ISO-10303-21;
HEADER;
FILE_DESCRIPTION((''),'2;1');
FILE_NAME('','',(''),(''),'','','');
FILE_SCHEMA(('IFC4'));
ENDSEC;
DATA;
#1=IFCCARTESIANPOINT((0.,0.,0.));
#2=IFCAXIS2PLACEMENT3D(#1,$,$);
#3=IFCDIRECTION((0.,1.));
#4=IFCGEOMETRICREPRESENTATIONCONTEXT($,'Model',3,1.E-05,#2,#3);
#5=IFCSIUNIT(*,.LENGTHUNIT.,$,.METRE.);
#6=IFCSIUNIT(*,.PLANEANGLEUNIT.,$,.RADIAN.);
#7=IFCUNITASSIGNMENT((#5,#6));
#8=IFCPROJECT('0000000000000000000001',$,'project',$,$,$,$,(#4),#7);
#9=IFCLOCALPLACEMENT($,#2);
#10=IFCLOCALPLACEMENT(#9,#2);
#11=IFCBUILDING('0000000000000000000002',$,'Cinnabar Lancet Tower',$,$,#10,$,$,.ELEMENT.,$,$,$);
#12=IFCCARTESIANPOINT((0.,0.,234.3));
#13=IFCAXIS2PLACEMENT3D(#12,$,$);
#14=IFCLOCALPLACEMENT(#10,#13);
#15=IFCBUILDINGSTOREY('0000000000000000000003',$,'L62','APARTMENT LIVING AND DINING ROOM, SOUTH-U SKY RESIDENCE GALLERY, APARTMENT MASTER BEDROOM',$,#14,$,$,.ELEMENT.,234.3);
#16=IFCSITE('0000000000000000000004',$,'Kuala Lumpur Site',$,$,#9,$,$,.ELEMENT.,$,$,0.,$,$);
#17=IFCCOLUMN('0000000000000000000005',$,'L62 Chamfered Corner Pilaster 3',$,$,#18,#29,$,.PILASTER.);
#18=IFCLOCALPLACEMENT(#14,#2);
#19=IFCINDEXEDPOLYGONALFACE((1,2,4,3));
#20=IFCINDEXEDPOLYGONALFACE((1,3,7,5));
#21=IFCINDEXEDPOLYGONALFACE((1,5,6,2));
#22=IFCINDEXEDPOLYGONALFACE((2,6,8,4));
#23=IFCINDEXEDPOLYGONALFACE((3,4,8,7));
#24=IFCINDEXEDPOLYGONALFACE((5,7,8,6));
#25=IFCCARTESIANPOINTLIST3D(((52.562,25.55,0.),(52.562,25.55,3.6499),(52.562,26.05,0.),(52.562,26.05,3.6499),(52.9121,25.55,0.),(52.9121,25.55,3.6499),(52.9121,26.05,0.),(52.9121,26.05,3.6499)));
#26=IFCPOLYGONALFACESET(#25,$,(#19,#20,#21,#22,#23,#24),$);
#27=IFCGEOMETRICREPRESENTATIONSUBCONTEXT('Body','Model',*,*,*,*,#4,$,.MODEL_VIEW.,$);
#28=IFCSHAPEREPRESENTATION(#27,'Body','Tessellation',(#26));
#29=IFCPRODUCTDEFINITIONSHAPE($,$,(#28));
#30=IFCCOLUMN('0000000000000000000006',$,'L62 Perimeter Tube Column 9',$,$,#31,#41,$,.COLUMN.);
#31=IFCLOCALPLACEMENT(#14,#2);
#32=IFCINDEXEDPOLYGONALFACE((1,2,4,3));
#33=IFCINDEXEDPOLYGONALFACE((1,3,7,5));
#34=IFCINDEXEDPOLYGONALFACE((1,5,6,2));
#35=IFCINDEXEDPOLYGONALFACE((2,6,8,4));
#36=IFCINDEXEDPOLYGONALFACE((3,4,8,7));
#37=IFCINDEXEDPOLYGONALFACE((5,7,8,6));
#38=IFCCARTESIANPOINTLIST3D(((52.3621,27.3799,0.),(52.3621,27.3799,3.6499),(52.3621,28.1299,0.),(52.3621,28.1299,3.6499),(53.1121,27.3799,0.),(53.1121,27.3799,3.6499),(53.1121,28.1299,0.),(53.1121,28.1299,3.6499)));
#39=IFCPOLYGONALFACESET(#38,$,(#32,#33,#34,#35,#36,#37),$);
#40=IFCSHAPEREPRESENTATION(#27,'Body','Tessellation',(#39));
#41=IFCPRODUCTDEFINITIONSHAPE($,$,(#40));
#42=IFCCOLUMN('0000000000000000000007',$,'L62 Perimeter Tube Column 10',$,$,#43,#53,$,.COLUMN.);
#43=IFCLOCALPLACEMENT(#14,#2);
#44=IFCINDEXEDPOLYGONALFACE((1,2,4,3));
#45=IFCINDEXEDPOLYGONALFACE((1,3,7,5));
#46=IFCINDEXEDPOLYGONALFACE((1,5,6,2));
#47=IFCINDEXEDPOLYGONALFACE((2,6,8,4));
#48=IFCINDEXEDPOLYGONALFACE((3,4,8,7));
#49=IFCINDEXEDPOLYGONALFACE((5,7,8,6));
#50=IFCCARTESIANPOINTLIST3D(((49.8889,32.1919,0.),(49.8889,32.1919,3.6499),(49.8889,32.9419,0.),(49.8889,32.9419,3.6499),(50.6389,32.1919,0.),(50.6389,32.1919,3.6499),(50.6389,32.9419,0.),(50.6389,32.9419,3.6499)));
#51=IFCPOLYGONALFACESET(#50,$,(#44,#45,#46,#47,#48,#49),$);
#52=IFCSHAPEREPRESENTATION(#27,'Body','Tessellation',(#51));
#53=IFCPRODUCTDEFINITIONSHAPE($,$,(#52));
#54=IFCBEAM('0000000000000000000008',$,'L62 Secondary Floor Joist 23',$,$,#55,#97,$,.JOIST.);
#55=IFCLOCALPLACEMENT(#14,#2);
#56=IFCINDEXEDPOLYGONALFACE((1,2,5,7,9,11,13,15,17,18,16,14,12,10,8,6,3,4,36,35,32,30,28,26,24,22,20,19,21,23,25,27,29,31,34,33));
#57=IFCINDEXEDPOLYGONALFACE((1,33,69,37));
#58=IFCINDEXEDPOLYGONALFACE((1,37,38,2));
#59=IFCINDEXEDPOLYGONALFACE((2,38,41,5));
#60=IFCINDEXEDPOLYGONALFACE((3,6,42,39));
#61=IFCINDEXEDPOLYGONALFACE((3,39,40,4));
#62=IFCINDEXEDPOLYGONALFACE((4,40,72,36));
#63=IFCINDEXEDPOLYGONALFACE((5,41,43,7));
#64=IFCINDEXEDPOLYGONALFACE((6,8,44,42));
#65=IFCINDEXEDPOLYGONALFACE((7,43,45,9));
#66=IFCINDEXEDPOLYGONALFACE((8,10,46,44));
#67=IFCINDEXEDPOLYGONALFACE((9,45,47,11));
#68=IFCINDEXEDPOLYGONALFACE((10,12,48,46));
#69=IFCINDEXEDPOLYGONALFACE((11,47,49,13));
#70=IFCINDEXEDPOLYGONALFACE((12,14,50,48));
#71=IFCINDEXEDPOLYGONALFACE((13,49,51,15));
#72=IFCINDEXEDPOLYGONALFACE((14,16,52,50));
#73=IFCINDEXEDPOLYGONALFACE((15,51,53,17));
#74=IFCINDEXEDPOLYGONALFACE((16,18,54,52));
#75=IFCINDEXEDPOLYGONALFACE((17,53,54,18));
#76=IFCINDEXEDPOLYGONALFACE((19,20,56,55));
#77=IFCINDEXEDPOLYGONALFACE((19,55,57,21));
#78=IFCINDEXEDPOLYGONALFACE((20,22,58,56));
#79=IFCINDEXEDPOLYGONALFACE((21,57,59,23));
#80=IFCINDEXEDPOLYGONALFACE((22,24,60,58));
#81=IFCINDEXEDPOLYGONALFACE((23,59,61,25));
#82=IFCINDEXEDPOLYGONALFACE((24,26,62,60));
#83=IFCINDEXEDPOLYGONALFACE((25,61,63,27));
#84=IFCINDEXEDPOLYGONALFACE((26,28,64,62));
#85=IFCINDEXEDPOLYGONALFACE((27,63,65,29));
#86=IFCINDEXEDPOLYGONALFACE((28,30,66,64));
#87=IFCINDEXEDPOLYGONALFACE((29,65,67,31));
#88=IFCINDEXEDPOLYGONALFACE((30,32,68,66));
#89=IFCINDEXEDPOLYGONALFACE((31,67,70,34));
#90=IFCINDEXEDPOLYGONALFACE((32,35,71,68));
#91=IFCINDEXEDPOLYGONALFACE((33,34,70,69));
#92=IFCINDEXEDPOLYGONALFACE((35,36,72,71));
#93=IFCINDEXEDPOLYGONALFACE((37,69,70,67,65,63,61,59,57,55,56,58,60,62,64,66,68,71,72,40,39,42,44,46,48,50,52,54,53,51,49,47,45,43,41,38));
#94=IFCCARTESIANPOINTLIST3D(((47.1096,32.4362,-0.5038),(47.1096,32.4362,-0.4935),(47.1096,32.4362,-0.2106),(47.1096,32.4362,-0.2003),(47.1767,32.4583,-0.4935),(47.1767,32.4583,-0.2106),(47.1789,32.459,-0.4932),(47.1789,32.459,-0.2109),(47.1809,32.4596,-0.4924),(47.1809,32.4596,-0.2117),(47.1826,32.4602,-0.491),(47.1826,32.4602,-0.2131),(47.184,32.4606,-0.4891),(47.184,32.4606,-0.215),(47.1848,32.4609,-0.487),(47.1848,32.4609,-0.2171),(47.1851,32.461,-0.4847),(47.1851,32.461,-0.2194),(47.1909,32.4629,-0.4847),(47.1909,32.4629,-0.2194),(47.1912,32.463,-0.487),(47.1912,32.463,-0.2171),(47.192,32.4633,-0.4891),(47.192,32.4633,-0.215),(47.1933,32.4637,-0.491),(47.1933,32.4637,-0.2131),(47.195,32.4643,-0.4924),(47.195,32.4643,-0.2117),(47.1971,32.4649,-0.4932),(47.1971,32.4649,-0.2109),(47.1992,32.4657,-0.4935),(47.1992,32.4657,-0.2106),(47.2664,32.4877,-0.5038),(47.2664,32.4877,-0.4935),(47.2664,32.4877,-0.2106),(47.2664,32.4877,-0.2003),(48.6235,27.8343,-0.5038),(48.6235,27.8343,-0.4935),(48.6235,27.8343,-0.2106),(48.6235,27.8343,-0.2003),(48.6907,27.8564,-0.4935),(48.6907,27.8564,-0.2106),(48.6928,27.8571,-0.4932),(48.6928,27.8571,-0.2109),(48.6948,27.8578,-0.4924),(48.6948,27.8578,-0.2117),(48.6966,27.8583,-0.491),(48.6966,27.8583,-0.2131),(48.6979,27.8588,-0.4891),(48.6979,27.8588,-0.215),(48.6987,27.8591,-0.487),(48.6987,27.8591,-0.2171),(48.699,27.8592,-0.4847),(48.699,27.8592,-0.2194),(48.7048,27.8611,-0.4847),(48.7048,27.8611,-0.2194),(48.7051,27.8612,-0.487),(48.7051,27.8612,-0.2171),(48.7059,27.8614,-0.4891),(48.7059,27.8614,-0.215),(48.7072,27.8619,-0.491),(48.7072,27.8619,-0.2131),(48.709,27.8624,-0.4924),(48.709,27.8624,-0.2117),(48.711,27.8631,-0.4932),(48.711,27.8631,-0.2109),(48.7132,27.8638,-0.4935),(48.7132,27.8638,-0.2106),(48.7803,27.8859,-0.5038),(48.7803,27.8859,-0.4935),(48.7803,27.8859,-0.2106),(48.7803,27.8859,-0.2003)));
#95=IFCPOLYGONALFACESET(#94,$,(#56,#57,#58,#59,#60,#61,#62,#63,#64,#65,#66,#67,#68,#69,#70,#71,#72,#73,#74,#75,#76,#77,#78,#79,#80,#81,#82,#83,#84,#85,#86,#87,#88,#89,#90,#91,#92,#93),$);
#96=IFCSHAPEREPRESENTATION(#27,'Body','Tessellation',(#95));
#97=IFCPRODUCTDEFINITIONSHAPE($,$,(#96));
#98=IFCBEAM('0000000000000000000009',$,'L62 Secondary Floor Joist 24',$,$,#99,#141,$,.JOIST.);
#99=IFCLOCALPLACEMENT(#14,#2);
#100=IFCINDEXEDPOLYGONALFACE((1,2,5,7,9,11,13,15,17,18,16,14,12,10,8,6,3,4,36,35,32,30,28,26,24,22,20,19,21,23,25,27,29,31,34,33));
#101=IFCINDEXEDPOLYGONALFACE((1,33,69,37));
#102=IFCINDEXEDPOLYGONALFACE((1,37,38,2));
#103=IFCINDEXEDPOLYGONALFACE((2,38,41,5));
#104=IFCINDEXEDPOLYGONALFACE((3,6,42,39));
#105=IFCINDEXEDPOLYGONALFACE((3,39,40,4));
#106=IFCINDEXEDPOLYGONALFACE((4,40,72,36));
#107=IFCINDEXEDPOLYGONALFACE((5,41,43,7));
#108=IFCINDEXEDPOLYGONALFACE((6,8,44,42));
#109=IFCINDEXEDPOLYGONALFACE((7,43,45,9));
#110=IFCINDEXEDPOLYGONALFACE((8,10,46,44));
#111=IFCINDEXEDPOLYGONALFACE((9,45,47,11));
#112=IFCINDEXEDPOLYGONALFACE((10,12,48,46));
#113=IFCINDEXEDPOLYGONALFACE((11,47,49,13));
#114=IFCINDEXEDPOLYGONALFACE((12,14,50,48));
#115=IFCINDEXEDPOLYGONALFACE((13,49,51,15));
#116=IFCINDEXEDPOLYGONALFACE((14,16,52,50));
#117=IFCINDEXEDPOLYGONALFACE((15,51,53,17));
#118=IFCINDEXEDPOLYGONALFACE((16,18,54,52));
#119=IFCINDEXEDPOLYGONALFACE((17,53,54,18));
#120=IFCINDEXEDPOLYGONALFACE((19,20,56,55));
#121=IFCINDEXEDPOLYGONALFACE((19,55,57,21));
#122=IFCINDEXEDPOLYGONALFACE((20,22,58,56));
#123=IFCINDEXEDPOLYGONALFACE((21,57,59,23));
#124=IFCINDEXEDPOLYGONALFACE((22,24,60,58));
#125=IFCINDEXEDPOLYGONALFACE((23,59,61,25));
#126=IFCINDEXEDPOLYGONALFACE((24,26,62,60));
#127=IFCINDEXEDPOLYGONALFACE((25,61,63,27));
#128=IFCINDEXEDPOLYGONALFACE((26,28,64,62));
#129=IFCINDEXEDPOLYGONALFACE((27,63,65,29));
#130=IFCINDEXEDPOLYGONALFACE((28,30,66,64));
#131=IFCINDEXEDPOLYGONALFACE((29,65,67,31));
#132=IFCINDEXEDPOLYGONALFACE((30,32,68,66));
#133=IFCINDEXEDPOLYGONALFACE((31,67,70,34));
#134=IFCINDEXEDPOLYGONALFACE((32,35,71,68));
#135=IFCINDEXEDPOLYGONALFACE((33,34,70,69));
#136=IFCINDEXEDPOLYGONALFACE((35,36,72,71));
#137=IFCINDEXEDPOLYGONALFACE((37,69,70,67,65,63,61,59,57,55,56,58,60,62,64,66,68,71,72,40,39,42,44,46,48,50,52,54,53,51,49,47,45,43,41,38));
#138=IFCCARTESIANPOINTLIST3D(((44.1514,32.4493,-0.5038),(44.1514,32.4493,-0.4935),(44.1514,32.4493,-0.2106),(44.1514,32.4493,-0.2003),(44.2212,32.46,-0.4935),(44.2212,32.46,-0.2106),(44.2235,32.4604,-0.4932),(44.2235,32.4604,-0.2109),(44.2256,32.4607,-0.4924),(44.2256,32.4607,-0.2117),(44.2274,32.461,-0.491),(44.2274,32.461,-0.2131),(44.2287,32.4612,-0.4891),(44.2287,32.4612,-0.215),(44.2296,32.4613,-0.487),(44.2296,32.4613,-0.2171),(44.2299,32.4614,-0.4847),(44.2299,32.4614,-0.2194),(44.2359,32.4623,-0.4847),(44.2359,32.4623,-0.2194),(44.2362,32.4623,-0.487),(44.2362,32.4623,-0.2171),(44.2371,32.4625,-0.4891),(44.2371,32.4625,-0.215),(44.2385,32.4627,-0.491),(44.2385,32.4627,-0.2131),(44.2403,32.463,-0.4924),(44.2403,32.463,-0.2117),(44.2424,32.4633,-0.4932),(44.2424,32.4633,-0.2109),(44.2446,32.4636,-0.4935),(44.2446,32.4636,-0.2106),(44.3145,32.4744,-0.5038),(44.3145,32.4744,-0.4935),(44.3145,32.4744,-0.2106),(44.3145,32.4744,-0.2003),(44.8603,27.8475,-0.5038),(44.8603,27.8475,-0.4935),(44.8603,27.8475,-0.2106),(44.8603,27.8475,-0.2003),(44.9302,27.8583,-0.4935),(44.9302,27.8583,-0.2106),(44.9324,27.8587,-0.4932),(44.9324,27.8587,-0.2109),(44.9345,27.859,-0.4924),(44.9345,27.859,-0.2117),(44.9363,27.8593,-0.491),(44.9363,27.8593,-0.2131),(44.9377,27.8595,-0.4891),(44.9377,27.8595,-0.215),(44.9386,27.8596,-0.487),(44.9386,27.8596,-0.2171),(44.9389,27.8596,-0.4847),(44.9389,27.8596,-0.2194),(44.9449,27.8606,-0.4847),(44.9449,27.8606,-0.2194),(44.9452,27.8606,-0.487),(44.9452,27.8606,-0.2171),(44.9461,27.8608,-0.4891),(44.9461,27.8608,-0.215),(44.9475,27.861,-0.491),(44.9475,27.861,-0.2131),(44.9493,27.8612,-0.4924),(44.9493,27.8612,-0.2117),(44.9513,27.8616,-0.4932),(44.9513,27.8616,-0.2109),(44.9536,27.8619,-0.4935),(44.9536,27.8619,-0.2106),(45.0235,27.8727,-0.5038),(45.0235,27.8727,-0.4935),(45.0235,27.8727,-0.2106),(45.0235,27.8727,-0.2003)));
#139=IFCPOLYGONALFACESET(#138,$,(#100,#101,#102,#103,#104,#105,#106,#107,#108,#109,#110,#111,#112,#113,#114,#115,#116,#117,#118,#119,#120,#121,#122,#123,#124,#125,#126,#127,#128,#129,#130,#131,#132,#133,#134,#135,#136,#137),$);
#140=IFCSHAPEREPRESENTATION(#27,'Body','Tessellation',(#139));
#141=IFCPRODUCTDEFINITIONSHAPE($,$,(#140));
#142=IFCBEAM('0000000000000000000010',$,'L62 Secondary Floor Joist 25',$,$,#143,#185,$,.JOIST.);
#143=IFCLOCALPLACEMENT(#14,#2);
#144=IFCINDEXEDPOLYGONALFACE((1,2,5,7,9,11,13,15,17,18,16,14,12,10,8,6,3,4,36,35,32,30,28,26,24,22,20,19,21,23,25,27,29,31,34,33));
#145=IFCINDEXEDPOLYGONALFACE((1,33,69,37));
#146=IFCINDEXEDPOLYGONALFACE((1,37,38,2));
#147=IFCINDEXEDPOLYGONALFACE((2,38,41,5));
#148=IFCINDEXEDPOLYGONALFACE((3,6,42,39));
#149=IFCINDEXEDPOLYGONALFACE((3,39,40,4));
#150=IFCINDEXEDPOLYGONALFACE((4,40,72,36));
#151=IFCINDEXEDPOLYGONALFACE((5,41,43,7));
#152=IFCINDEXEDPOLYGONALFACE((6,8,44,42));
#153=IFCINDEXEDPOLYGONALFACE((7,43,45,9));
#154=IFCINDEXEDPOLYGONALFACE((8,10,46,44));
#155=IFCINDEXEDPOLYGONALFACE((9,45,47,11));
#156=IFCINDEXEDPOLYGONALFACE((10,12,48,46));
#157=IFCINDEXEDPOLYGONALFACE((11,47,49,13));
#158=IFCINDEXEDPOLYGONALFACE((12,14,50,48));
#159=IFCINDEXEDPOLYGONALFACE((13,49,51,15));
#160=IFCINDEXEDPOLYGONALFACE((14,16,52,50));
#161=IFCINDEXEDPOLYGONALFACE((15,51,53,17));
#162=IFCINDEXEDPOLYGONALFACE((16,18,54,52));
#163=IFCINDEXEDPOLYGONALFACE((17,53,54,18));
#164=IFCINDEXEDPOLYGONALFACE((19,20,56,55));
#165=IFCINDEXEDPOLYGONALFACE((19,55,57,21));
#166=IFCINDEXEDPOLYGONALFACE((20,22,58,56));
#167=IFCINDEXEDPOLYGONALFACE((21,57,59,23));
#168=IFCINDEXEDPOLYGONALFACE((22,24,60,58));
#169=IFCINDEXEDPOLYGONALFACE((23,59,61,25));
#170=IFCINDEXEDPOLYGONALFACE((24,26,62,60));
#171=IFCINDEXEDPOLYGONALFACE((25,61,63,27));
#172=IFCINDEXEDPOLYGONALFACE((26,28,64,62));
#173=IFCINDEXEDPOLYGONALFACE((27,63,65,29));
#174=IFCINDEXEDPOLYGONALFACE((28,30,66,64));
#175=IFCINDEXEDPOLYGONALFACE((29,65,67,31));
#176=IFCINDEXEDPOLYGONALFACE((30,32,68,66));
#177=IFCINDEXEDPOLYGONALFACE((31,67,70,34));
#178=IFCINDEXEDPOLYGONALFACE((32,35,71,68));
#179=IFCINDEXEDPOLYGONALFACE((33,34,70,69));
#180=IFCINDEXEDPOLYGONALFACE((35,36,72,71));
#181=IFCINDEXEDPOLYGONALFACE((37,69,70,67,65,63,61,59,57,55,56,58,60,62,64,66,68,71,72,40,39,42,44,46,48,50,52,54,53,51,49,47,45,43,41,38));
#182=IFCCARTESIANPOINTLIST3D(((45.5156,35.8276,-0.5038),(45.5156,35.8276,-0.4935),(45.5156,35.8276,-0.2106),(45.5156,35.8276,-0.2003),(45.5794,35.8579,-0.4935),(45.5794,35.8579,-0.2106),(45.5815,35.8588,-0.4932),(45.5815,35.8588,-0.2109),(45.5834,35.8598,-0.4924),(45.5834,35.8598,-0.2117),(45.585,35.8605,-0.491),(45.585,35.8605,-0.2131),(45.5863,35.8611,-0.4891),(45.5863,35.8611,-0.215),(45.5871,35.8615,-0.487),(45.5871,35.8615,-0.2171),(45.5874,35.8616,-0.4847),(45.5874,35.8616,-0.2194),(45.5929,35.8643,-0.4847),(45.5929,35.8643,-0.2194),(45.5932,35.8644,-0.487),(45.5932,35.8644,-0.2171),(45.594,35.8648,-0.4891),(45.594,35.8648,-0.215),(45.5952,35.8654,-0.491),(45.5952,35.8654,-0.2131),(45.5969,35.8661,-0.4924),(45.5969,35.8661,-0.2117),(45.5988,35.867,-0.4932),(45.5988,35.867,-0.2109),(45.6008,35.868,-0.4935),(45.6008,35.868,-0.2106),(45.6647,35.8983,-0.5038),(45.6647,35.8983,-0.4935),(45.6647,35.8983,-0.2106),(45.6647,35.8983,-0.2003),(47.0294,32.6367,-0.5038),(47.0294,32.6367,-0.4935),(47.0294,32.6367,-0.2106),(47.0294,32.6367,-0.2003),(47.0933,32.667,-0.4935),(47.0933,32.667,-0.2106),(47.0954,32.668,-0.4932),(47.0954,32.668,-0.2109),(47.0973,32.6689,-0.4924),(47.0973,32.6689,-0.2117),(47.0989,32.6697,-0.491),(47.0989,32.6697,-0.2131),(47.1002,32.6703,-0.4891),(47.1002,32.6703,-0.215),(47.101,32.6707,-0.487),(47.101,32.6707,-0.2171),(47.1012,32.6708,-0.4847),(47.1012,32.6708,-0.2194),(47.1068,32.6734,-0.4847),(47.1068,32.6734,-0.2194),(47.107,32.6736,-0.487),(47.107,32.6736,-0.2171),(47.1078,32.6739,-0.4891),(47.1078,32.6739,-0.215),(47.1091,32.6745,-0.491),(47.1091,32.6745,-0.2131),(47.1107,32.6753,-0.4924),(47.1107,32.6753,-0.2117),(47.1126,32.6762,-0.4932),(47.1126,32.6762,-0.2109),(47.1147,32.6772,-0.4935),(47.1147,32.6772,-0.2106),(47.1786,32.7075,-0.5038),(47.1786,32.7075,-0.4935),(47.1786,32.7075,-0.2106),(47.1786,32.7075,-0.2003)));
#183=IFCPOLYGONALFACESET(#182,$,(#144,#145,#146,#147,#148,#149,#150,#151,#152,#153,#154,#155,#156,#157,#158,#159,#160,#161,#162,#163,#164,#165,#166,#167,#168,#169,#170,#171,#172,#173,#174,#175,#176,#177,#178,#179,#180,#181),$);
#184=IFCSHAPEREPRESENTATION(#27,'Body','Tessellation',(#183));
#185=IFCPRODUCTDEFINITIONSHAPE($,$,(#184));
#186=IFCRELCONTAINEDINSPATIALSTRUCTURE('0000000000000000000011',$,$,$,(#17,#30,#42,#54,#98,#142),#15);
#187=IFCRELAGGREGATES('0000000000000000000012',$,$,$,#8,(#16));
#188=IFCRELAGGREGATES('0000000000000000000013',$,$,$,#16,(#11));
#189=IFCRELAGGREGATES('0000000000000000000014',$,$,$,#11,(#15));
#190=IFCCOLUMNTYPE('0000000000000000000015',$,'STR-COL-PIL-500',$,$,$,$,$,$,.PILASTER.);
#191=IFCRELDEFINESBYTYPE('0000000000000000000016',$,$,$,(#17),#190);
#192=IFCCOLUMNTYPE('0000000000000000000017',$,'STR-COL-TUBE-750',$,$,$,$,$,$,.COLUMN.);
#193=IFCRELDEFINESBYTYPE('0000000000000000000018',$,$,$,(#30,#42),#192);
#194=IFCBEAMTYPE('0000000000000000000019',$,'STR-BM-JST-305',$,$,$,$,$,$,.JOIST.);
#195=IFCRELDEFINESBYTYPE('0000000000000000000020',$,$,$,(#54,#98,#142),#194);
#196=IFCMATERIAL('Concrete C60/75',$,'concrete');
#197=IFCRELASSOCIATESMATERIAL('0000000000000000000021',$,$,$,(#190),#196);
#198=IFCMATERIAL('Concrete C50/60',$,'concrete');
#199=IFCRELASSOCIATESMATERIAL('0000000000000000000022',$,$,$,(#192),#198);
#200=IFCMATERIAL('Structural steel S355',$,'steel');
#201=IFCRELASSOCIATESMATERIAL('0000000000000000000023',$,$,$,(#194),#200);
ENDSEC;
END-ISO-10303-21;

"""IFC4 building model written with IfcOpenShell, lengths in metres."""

from ifc_helpers import new_model, si_unit, direction, frame, origin, origin_2d, place, context, subcontext, project, spatial, rectangle, i_section, extrude, material, material_profile, profile_set, type_object, element, save


model = new_model("IFC4")

# Units and contexts
model_context = context("Model", 3, precision=1e-05, world=origin(), true_north=direction((0.0, 1.0)))
body_context = subcontext(model_context, "Body", "Model", "MODEL_VIEW")
ifc_project = project(units=[si_unit("LENGTHUNIT", "METRE"), si_unit("PLANEANGLEUNIT", "RADIAN")], contexts=[model_context])

# Site, building, storey
site_placement = place(None, origin())
site = spatial("IfcSite", under=ifc_project, at=site_placement, Name="Kuala Lumpur Site", CompositionType="ELEMENT", RefElevation=0.0)
building_placement = place(site_placement, origin())
building = spatial("IfcBuilding", under=site, at=building_placement, Name="Cinnabar Lancet Tower", CompositionType="ELEMENT")
storey_placement = place(building_placement, frame((0.0, 0.0, 234.3)))
storey = spatial("IfcBuildingStorey", under=building, at=storey_placement, Name="L62", Description="APARTMENT LIVING AND DINING ROOM, SOUTH-U SKY RESIDENCE GALLERY, APARTMENT MASTER BEDROOM", CompositionType="ELEMENT", Elevation=234.3)

# Columns
ifc_material_1 = material(Name="Concrete C60/75", Category="concrete")
ifc_material_profile_1 = material_profile(ifc_material_1, rectangle(XDim=0.5, YDim=0.3501, at=origin_2d()), Name="RC-PIL 500x350")
ifc_profile_set_1 = profile_set([ifc_material_profile_1], Name="Concrete C60/75")
column_type_1 = type_object("IfcColumnType", Name="STR-COL-PIL-500", PredefinedType="PILASTER", material=ifc_profile_set_1)
column_placement = place(storey_placement, frame((52.7371, 25.8, 0.0), z_axis=(0.0, 0.0, 1.0), x_axis=(0.0, 1.0, 0.0)))
element("IfcColumn", 1, at=column_placement, inside=storey, type_object=column_type_1, Name="L62 Chamfered Corner Pilaster 3", PredefinedType="PILASTER", context=body_context, shape_type="SweptSolid", body=[
    extrude(rectangle(XDim=0.5, YDim=0.3501, at=origin_2d()), origin(), (0.0, 0.0, 1.0), 3.6499),
])
ifc_material_2 = material(Name="Concrete C50/60", Category="concrete")
ifc_material_profile_2 = material_profile(ifc_material_2, rectangle(XDim=0.75, YDim=0.75, at=origin_2d()), Name="RC-COL 750x750")
ifc_profile_set_2 = profile_set([ifc_material_profile_2], Name="Concrete C50/60")
column_type_2 = type_object("IfcColumnType", Name="STR-COL-TUBE-750", PredefinedType="COLUMN", material=ifc_profile_set_2)
for number, where, z_axis, x_axis, name in (
    (2, (52.7371, 27.7549, 0.0), (0.0, 0.0, 1.0), (1.0, 0.0, 0.0), "L62 Perimeter Tube Column 9"),
    (3, (50.2639, 32.5669, 0.0), (0.0, 0.0, 1.0), (1.0, 0.0, 0.0), "L62 Perimeter Tube Column 10"),
):
    element("IfcColumn", number, at=place(storey_placement, frame(where, z_axis=z_axis, x_axis=x_axis)), inside=storey, type_object=column_type_2, Name=name, PredefinedType="COLUMN", context=body_context, shape_type="SweptSolid", body=[
        extrude(rectangle(XDim=0.75, YDim=0.75, at=origin_2d()), origin(), (0.0, 0.0, 1.0), 3.6499),
    ])

# Beams
ifc_material_3 = material(Name="Structural steel S355", Category="steel")
ifc_material_profile_3 = material_profile(ifc_material_3, i_section(OverallWidth=0.165, OverallDepth=0.3035, WebThickness=0.0061, FlangeThickness=0.0103, FilletRadius=0.0088, at=origin_2d()), Name="UKB 305x165x40")
ifc_profile_set_3 = profile_set([ifc_material_profile_3], Name="Structural steel S355")
beam_type_1 = type_object("IfcBeamType", Name="STR-BM-JST-305", PredefinedType="JOIST", material=ifc_profile_set_3)
beam_1_placement = place(storey_placement, frame((48.7019, 27.8601, -0.3521), z_axis=(-0.312506, 0.949916, 0.0), x_axis=(-0.949916, -0.312506, 0.0)))
element("IfcBeam", 4, at=beam_1_placement, inside=storey, type_object=beam_type_1, Name="L62 Secondary Floor Joist 23", PredefinedType="JOIST", context=body_context, shape_type="SweptSolid", body=[
    extrude(i_section(OverallWidth=0.165, OverallDepth=0.3035, WebThickness=0.0061, FlangeThickness=0.0103, FilletRadius=0.0088, at=origin_2d()), origin(), (0.0, 0.0, 1.0), 4.8445),
])
beam_2_placement = place(storey_placement, frame((44.9419, 27.8601, -0.3521), z_axis=(-0.15227, 0.988339, 0.0), x_axis=(-0.988339, -0.15227, 0.0)))
element("IfcBeam", 5, at=beam_2_placement, inside=storey, type_object=beam_type_1, Name="L62 Secondary Floor Joist 24", PredefinedType="JOIST", context=body_context, shape_type="SweptSolid", body=[
    extrude(i_section(OverallWidth=0.165, OverallDepth=0.3035, WebThickness=0.0061, FlangeThickness=0.0103, FilletRadius=0.0088, at=origin_2d()), origin(), (0.0, 0.0, 1.0), 4.656),
])
beam_3_placement = place(storey_placement, frame((47.104, 32.6721, -0.3521), z_axis=(-0.428648, 0.903472, 0.0), x_axis=(-0.903472, -0.428648, 0.0)))
element("IfcBeam", 6, at=beam_3_placement, inside=storey, type_object=beam_type_1, Name="L62 Secondary Floor Joist 25", PredefinedType="JOIST", context=body_context, shape_type="SweptSolid", body=[
    extrude(i_section(OverallWidth=0.165, OverallDepth=0.3035, WebThickness=0.0061, FlangeThickness=0.0103, FilletRadius=0.0088, at=origin_2d()), origin(), (0.0, 0.0, 1.0), 3.5317),
])

save(model, "model.ifc")
